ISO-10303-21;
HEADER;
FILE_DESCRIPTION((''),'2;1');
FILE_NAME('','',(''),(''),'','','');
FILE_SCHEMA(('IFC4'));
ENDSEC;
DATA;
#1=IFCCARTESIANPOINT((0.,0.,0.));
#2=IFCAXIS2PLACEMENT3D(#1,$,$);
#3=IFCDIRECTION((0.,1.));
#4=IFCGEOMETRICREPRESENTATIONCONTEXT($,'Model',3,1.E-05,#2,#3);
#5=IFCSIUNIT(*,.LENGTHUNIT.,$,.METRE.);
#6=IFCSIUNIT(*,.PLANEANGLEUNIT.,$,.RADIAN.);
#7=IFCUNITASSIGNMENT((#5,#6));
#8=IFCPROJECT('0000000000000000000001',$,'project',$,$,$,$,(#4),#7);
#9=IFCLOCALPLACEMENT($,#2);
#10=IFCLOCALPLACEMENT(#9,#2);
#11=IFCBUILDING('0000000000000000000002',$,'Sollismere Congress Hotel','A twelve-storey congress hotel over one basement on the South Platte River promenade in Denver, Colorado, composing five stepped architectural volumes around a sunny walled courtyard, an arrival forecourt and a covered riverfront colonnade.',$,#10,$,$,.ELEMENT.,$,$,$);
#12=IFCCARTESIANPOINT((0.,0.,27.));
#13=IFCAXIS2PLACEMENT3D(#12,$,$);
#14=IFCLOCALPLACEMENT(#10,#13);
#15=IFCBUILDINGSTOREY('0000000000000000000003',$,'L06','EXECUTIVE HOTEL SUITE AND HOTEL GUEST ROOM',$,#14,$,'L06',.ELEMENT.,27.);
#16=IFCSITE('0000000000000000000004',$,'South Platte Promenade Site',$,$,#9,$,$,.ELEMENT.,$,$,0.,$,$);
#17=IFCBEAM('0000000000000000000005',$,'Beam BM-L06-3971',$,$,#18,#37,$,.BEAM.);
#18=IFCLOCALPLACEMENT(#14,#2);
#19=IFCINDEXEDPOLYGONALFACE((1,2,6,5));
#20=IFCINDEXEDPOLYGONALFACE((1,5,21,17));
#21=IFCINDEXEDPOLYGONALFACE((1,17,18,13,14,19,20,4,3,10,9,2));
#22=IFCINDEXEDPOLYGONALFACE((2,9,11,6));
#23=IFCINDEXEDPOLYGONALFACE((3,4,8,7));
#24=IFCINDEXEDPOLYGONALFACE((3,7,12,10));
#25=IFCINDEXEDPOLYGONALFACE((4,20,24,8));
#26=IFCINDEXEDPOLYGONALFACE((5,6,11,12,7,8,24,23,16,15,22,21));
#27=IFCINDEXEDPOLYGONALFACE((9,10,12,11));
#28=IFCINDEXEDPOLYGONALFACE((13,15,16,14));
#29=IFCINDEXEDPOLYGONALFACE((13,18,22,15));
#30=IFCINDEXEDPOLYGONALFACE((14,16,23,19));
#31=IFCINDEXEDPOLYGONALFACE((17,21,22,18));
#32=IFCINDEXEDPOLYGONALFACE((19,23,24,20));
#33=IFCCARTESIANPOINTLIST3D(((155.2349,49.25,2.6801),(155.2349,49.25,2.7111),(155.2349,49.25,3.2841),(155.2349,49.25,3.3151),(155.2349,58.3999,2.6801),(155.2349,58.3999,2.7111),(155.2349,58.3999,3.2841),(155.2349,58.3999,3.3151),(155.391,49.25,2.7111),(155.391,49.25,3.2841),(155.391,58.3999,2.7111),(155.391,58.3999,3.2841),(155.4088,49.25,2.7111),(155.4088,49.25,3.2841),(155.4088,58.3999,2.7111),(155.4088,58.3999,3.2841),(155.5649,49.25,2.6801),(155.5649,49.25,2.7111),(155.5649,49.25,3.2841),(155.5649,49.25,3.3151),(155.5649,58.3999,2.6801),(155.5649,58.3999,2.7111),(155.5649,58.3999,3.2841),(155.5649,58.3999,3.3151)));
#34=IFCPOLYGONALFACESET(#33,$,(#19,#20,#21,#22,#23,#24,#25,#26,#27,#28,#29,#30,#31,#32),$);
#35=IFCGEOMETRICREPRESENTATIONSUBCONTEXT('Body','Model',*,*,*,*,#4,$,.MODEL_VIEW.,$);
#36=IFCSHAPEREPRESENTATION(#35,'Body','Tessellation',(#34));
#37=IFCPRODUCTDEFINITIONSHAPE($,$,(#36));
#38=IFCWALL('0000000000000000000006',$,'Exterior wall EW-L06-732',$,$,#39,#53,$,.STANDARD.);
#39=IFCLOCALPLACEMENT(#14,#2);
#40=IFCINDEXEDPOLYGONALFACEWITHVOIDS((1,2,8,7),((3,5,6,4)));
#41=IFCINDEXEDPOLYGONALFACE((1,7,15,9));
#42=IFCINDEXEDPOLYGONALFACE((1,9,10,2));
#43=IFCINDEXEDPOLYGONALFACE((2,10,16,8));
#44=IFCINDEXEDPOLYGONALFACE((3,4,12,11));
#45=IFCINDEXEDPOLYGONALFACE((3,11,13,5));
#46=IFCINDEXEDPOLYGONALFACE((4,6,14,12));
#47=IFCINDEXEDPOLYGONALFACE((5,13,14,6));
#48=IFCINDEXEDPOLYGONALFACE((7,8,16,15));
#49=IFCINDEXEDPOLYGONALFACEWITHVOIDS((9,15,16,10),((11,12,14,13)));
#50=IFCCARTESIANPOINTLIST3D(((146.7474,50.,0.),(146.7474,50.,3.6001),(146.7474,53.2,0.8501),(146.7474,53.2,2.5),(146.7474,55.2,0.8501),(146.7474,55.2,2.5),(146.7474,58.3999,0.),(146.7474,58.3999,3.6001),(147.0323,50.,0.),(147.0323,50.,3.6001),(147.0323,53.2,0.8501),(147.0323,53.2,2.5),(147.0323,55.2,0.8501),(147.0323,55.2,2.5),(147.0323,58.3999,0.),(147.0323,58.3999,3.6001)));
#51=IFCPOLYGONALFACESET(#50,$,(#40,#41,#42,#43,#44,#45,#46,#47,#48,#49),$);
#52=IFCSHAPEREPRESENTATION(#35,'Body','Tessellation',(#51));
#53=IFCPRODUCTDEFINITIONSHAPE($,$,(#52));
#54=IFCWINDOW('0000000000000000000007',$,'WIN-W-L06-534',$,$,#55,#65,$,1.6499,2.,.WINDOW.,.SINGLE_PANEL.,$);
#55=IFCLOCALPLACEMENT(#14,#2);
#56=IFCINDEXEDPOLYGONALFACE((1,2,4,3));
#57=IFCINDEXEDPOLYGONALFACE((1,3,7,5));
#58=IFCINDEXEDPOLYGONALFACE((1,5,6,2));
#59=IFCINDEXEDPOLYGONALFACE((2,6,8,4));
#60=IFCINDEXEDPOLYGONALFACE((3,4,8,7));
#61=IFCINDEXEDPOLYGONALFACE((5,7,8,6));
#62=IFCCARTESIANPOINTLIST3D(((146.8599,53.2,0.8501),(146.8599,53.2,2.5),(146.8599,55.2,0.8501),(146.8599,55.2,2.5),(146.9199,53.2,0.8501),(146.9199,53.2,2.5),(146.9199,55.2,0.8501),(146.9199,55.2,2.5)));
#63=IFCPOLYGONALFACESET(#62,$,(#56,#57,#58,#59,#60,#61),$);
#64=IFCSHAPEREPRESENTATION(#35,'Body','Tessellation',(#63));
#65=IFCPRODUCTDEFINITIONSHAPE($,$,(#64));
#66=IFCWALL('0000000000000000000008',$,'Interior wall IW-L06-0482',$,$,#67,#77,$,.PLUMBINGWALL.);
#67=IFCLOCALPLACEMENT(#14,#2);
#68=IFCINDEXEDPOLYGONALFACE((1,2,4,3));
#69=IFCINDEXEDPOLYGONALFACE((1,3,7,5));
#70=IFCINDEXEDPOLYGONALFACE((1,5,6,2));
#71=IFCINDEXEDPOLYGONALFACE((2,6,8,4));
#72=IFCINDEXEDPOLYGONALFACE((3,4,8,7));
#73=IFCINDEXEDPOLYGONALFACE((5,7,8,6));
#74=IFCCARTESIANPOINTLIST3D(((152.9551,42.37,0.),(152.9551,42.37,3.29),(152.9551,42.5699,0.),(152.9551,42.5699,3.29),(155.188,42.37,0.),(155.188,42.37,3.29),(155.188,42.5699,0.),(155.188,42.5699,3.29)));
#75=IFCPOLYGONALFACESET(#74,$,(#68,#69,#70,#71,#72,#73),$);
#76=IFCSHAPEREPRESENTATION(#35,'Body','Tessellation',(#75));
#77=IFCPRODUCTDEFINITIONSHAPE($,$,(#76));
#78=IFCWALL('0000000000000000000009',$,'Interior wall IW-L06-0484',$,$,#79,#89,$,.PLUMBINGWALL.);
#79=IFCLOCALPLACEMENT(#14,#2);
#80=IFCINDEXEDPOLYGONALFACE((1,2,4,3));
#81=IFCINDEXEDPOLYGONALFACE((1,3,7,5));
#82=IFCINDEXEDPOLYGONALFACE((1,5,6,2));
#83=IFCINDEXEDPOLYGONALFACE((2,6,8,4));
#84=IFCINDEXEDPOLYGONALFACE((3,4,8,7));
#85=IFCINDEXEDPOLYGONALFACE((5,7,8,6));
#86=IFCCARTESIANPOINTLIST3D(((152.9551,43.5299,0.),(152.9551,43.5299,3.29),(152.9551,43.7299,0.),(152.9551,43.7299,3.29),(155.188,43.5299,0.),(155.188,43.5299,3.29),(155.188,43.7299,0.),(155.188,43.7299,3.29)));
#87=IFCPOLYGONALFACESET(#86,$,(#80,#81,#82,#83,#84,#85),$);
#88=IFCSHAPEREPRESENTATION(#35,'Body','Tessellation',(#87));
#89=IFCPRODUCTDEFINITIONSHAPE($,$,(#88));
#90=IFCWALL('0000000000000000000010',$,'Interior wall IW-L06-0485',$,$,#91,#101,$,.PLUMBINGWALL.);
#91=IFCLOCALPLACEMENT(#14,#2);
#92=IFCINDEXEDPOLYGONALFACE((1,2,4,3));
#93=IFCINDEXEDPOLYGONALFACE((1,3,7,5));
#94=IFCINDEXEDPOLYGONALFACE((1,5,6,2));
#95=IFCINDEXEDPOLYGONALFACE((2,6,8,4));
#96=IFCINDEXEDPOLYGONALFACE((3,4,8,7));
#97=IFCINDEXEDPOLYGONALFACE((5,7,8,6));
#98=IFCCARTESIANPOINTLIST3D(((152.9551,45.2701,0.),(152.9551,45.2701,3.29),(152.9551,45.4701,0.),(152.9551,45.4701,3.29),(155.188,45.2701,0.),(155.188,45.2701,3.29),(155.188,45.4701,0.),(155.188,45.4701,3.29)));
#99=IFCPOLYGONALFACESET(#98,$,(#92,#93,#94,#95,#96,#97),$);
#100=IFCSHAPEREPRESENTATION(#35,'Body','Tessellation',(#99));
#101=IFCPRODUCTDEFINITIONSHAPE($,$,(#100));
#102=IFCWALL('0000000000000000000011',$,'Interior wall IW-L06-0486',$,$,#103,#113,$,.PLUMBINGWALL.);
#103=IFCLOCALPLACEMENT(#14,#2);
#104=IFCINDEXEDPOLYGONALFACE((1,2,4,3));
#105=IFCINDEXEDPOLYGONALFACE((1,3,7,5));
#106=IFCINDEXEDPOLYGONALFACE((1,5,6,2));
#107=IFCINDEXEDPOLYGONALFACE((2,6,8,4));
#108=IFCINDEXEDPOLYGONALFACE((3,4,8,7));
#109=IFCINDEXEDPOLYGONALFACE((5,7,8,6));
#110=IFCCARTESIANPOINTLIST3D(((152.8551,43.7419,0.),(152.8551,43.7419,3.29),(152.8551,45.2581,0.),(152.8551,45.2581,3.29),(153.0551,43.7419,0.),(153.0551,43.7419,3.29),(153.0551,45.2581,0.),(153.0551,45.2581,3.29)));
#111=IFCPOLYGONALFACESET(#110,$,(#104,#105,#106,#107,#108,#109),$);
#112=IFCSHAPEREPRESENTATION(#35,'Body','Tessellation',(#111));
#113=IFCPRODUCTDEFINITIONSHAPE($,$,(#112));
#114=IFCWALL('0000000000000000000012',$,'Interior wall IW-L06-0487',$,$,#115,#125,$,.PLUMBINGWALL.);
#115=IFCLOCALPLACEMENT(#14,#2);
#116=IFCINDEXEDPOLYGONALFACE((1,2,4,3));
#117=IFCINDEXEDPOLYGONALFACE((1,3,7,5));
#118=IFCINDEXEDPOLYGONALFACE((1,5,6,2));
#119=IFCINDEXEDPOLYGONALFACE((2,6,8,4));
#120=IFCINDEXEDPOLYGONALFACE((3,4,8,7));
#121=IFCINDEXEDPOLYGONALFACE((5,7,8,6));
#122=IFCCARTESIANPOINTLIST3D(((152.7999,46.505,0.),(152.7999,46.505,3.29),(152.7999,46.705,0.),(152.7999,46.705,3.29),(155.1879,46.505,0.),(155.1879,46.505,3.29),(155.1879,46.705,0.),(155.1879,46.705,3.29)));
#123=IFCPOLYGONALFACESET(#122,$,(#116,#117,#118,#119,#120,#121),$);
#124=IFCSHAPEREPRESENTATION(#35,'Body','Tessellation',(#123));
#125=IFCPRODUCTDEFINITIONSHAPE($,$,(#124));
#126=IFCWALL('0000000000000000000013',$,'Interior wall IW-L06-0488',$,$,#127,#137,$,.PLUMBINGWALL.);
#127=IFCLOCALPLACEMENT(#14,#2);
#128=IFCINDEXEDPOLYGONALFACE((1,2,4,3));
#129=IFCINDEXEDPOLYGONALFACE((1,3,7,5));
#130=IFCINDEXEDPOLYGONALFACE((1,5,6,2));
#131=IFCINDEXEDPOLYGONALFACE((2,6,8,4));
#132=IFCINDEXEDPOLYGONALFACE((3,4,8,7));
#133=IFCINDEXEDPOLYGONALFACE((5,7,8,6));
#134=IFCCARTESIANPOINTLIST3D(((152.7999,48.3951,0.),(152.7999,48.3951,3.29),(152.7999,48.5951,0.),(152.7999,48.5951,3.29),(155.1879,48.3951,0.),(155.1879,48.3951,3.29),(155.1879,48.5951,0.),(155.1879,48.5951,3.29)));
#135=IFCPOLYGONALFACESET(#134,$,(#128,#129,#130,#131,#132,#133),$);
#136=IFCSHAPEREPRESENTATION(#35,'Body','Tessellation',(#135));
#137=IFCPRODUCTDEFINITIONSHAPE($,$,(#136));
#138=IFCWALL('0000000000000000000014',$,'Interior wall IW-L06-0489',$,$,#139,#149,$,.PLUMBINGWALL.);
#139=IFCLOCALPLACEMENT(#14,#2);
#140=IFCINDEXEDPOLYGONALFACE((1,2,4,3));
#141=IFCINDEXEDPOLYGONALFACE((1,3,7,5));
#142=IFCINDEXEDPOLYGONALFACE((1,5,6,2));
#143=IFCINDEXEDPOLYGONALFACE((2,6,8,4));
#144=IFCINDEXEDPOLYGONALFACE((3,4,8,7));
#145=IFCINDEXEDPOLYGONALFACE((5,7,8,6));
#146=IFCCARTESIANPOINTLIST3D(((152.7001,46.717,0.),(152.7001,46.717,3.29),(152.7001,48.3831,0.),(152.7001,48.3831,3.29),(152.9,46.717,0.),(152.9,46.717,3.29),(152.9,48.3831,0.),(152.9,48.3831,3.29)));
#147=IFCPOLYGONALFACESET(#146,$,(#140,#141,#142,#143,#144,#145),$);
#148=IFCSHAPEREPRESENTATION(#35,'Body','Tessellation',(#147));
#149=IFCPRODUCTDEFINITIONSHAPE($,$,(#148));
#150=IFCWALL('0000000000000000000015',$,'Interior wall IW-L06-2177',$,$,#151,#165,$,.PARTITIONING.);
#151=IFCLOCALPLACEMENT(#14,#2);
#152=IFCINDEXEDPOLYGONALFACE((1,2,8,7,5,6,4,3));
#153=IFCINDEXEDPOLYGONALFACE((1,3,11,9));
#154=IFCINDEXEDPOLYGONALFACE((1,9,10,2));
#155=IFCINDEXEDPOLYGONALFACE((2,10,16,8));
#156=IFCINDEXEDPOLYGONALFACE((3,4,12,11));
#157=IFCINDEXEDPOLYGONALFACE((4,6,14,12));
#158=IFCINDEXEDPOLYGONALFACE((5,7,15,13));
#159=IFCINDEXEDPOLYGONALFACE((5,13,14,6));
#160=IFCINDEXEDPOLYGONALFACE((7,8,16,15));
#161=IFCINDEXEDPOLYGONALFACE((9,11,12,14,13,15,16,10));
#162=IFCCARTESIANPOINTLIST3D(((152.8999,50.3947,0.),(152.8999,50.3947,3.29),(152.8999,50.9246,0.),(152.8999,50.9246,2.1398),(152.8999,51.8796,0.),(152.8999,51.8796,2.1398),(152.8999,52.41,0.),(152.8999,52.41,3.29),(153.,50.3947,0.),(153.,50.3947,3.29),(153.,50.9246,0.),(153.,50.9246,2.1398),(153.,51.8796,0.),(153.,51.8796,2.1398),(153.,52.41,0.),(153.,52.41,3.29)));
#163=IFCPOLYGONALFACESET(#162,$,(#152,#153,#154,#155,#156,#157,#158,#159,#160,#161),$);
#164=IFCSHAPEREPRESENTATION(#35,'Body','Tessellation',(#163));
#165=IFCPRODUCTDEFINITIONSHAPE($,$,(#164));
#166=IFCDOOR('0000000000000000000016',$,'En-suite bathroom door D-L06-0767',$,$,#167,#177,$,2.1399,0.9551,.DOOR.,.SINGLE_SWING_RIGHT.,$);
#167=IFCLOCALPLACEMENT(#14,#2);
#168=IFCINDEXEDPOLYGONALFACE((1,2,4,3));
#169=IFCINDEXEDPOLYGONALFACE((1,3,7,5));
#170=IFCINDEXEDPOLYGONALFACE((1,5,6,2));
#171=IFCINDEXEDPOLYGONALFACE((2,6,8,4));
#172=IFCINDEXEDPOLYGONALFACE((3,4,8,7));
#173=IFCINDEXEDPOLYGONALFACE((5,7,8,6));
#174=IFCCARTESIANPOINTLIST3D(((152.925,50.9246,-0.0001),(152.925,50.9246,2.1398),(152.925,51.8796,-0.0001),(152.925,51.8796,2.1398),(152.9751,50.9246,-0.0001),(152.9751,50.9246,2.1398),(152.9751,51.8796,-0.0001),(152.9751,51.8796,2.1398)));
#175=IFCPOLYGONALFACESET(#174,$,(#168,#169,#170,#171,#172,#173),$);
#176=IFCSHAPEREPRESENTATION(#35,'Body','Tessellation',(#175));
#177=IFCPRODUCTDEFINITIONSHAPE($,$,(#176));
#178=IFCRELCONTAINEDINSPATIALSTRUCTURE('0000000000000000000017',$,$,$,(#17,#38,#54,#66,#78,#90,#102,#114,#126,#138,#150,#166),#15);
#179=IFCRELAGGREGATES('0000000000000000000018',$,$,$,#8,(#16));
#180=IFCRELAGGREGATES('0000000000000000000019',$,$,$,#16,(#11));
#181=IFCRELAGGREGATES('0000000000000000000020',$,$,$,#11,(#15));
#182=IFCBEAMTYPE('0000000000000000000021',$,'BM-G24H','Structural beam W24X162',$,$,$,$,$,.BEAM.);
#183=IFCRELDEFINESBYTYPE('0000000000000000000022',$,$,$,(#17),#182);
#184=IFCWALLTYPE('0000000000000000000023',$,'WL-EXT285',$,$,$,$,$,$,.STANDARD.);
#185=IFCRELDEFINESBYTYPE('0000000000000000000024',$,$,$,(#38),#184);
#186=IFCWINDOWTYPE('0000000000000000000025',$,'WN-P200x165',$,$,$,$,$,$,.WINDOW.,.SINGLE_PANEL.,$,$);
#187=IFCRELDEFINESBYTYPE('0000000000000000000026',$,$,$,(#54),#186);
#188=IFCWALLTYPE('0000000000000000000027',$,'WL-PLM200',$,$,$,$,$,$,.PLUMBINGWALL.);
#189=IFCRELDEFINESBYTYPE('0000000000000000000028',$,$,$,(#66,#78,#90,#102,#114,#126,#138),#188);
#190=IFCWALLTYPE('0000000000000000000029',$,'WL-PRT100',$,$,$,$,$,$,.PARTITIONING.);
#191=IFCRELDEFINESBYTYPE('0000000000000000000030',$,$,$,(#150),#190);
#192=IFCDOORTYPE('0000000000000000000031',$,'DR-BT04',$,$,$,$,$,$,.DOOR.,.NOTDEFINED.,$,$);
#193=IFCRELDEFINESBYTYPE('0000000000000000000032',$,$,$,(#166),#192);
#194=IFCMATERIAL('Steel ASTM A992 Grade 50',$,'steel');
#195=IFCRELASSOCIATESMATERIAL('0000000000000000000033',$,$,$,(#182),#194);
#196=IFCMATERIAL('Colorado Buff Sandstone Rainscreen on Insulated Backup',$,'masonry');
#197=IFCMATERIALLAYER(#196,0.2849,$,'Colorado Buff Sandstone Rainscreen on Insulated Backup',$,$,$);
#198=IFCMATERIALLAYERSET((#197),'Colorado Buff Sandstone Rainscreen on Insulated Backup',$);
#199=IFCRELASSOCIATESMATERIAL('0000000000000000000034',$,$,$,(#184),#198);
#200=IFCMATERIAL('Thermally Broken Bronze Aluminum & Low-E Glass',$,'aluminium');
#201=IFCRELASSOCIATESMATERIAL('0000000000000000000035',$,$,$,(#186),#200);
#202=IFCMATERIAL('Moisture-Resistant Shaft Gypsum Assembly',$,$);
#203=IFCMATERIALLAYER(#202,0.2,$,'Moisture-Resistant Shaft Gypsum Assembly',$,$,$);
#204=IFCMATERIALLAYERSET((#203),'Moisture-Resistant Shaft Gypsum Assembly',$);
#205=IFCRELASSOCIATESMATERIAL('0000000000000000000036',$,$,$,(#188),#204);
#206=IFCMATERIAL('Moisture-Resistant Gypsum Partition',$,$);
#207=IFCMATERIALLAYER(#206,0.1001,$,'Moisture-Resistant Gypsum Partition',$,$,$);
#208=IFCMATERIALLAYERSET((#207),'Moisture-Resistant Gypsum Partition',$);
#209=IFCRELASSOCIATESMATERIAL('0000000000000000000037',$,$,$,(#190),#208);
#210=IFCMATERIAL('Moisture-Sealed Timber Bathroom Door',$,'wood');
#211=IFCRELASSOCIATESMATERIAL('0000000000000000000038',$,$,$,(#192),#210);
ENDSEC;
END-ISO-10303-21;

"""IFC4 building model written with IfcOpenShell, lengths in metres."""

from ifc_helpers import new_model, si_unit, direction, frame, frame_2d, origin, origin_2d, place, context, subcontext, project, spatial, rectangle, i_section, extrude, material, layer, layer_set, material_profile, profile_set, type_object, element, fill, save


model = new_model("IFC4")

# Units and contexts
model_context = context("Model", 3, precision=1e-05, world=origin(), true_north=direction((0.0, 1.0)))
body_context = subcontext(model_context, "Body", "Model", "MODEL_VIEW")
ifc_project = project(units=[si_unit("LENGTHUNIT", "METRE"), si_unit("PLANEANGLEUNIT", "RADIAN")], contexts=[model_context])

# Site, building, storey
site_placement = place(None, origin())
site = spatial("IfcSite", under=ifc_project, at=site_placement, Name="South Platte Promenade Site", CompositionType="ELEMENT", RefElevation=0.0)
building_placement = place(site_placement, origin())
building = spatial("IfcBuilding", under=site, at=building_placement, Name="Sollismere Congress Hotel", Description="A twelve-storey congress hotel over one basement on the South Platte River promenade in Denver, Colorado, composing five stepped architectural volumes around a sunny walled courtyard, an arrival forecourt and a covered riverfront colonnade.", CompositionType="ELEMENT")
storey_placement = place(building_placement, frame((0.0, 0.0, 27.0)))
storey = spatial("IfcBuildingStorey", under=building, at=storey_placement, Name="L06", Description="EXECUTIVE HOTEL SUITE AND HOTEL GUEST ROOM", LongName="L06", CompositionType="ELEMENT", Elevation=27.0)

# Beam
ifc_material_1 = material(Name="Steel ASTM A992 Grade 50", Category="steel")
ifc_material_profile = material_profile(ifc_material_1, i_section(OverallWidth=0.3301, OverallDepth=0.635, WebThickness=0.0178, FlangeThickness=0.031, at=origin_2d()), Name="W24X162")
ifc_profile_set = profile_set([ifc_material_profile], Name="Steel ASTM A992 Grade 50")
beam_type = type_object("IfcBeamType", Name="BM-G24H", Description="Structural beam W24X162", PredefinedType="BEAM", material=ifc_profile_set)
beam_placement = place(storey_placement, frame((155.3999, 49.25, 2.9976), z_axis=(0.0, 1.0, 0.0), x_axis=(-1.0, 0.0, 0.0)))
element("IfcBeam", 1, at=beam_placement, inside=storey, type_object=beam_type, Name="Beam BM-L06-3971", PredefinedType="BEAM", context=body_context, shape_type="SweptSolid", body=[
    extrude(i_section(OverallWidth=0.3301, OverallDepth=0.635, WebThickness=0.0178, FlangeThickness=0.031, at=origin_2d()), origin(), (0.0, 0.0, 1.0), 9.1499),
])

# Wall, opening, window
ifc_material_2 = material(Name="Colorado Buff Sandstone Rainscreen on Insulated Backup", Category="masonry")
ifc_layer_1 = layer(ifc_material_2, 0.2849, Name="Colorado Buff Sandstone Rainscreen on Insulated Backup")
ifc_layer_set_1 = layer_set([ifc_layer_1], Name="Colorado Buff Sandstone Rainscreen on Insulated Backup")
wall_type_1 = type_object("IfcWallType", Name="WL-EXT285", PredefinedType="STANDARD", material=ifc_layer_set_1)
wall_1_placement = place(storey_placement, frame((146.8899, 50.0, 0.0), z_axis=(0.0, 0.0, 1.0), x_axis=(0.0, 1.0, 0.0)))
wall_1 = element("IfcWall", 2, at=wall_1_placement, inside=storey, type_object=wall_type_1, Name="Exterior wall EW-L06-732", PredefinedType="STANDARD", context=body_context, shape_type="SweptSolid", body=[
    extrude(rectangle(XDim=8.3999, YDim=0.2849, at=frame_2d((4.2, 0.0))), origin(), (0.0, 0.0, 1.0), 3.6001),
])
opening_1_placement = place(wall_1_placement, frame((3.2, 0.0, 0.8501)))
opening_1 = element("IfcOpeningElement", 3, at=opening_1_placement, cuts=wall_1, PredefinedType="OPENING", context=body_context, shape_type="SweptSolid", body=[
    extrude(rectangle(XDim=2.0, YDim=1.6499, at=frame_2d((1.0, 0.825))), frame((0.0, 0.1523, 0.0), z_axis=(0.0, -1.0, 0.0), x_axis=(1.0, 0.0, 0.0)), (0.0, 0.0, 1.0), 0.3049),
])
ifc_material_3 = material(Name="Thermally Broken Bronze Aluminum & Low-E Glass", Category="aluminium")
window_type = type_object("IfcWindowType", Name="WN-P200x165", PartitioningType="SINGLE_PANEL", PredefinedType="WINDOW", material=ifc_material_3)
window_placement = place(opening_1_placement, origin())
window = element("IfcWindow", 4, at=window_placement, inside=storey, type_object=window_type, Name="WIN-W-L06-534", OverallHeight=1.6499, OverallWidth=2.0, PartitioningType="SINGLE_PANEL", PredefinedType="WINDOW", context=body_context, shape_type="SweptSolid", body=[
    extrude(rectangle(XDim=2.0, YDim=1.6499, at=frame_2d((1.0, 0.825))), frame((0.0, 0.03, 0.0), z_axis=(0.0, -1.0, 0.0), x_axis=(1.0, 0.0, 0.0)), (0.0, 0.0, 1.0), 0.0601),
])
fill(opening_1, window)

# Walls
ifc_material_4 = material(Name="Moisture-Resistant Shaft Gypsum Assembly")
ifc_layer_2 = layer(ifc_material_4, 0.2, Name="Moisture-Resistant Shaft Gypsum Assembly")
ifc_layer_set_2 = layer_set([ifc_layer_2], Name="Moisture-Resistant Shaft Gypsum Assembly")
wall_type_2 = type_object("IfcWallType", Name="WL-PLM200", PredefinedType="PLUMBINGWALL", material=ifc_layer_set_2)
for number, where, z_axis, x_axis, name in (
    (5, (152.9551, 42.47, 0.0), (0.0, 0.0, 1.0), (1.0, 0.0, 0.0), "Interior wall IW-L06-0482"),
    (6, (152.9551, 43.6299, 0.0), (0.0, 0.0, 1.0), (1.0, 0.0, 0.0), "Interior wall IW-L06-0484"),
    (7, (152.9551, 45.3701, 0.0), (0.0, 0.0, 1.0), (1.0, 0.0, 0.0), "Interior wall IW-L06-0485"),
):
    element("IfcWall", number, at=place(storey_placement, frame(where, z_axis=z_axis, x_axis=x_axis)), inside=storey, type_object=wall_type_2, Name=name, PredefinedType="PLUMBINGWALL", context=body_context, shape_type="SweptSolid", body=[
        extrude(rectangle(XDim=2.2329, YDim=0.2, at=frame_2d((1.1165, 0.0))), origin(), (0.0, 0.0, 1.0), 3.29),
    ])
wall_2_placement = place(storey_placement, frame((152.9551, 43.7419, 0.0), z_axis=(0.0, 0.0, 1.0), x_axis=(0.0, 1.0, 0.0)))
element("IfcWall", 8, at=wall_2_placement, inside=storey, type_object=wall_type_2, Name="Interior wall IW-L06-0486", PredefinedType="PLUMBINGWALL", context=body_context, shape_type="SweptSolid", body=[
    extrude(rectangle(XDim=1.5161, YDim=0.2, at=frame_2d((0.7581, 0.0))), origin(), (0.0, 0.0, 1.0), 3.29),
])
for number, where, z_axis, x_axis, name in (
    (9, (152.8, 46.605, 0.0), (0.0, 0.0, 1.0), (1.0, 0.0, 0.0), "Interior wall IW-L06-0487"),
    (10, (152.8, 48.4951, 0.0), (0.0, 0.0, 1.0), (1.0, 0.0, 0.0), "Interior wall IW-L06-0488"),
):
    element("IfcWall", number, at=place(storey_placement, frame(where, z_axis=z_axis, x_axis=x_axis)), inside=storey, type_object=wall_type_2, Name=name, PredefinedType="PLUMBINGWALL", context=body_context, shape_type="SweptSolid", body=[
        extrude(rectangle(XDim=2.3879, YDim=0.2, at=frame_2d((1.1938, 0.0))), origin(), (0.0, 0.0, 1.0), 3.29),
    ])
wall_3_placement = place(storey_placement, frame((152.8, 46.717, 0.0), z_axis=(0.0, 0.0, 1.0), x_axis=(0.0, 1.0, 0.0)))
element("IfcWall", 11, at=wall_3_placement, inside=storey, type_object=wall_type_2, Name="Interior wall IW-L06-0489", PredefinedType="PLUMBINGWALL", context=body_context, shape_type="SweptSolid", body=[
    extrude(rectangle(XDim=1.666, YDim=0.2, at=frame_2d((0.833, 0.0))), origin(), (0.0, 0.0, 1.0), 3.29),
])

# Wall, opening, door
ifc_material_5 = material(Name="Moisture-Resistant Gypsum Partition")
ifc_layer_3 = layer(ifc_material_5, 0.1001, Name="Moisture-Resistant Gypsum Partition")
ifc_layer_set_3 = layer_set([ifc_layer_3], Name="Moisture-Resistant Gypsum Partition")
wall_type_3 = type_object("IfcWallType", Name="WL-PRT100", PredefinedType="PARTITIONING", material=ifc_layer_set_3)
wall_4_placement = place(storey_placement, frame((152.95, 50.3945, 0.0), z_axis=(0.0, 0.0, 1.0), x_axis=(0.0, 1.0, 0.0)))
wall_4 = element("IfcWall", 12, at=wall_4_placement, inside=storey, type_object=wall_type_3, Name="Interior wall IW-L06-2177", PredefinedType="PARTITIONING", context=body_context, shape_type="SweptSolid", body=[
    extrude(rectangle(XDim=2.0154, YDim=0.1001, at=frame_2d((1.0078, 0.0))), origin(), (0.0, 0.0, 1.0), 3.29),
])
opening_2_placement = place(wall_4_placement, frame((0.53, 0.0, 0.0)))
opening_2 = element("IfcOpeningElement", 13, at=opening_2_placement, cuts=wall_4, PredefinedType="OPENING", context=body_context, shape_type="SweptSolid", body=[
    extrude(rectangle(XDim=0.9551, YDim=2.1399, at=frame_2d((0.4775, 1.0698))), frame((0.0, 0.0601, 0.0), z_axis=(0.0, -1.0, 0.0), x_axis=(1.0, 0.0, 0.0)), (0.0, 0.0, 1.0), 0.1201),
])
ifc_material_6 = material(Name="Moisture-Sealed Timber Bathroom Door", Category="wood")
door_type = type_object("IfcDoorType", Name="DR-BT04", OperationType="NOTDEFINED", PredefinedType="DOOR", material=ifc_material_6)
door_placement = place(opening_2_placement, origin())
door = element("IfcDoor", 14, at=door_placement, inside=storey, type_object=door_type, Name="En-suite bathroom door D-L06-0767", OperationType="SINGLE_SWING_RIGHT", OverallHeight=2.1399, OverallWidth=0.9551, PredefinedType="DOOR", context=body_context, shape_type="SweptSolid", body=[
    extrude(rectangle(XDim=0.9551, YDim=2.1399, at=frame_2d((0.4775, 1.0698))), frame((0.0, 0.0249, 0.0), z_axis=(0.0, -1.0, 0.0), x_axis=(1.0, 0.0, 0.0)), (0.0, 0.0, 1.0), 0.05),
])
fill(opening_2, door)

save(model, "model.ifc")
